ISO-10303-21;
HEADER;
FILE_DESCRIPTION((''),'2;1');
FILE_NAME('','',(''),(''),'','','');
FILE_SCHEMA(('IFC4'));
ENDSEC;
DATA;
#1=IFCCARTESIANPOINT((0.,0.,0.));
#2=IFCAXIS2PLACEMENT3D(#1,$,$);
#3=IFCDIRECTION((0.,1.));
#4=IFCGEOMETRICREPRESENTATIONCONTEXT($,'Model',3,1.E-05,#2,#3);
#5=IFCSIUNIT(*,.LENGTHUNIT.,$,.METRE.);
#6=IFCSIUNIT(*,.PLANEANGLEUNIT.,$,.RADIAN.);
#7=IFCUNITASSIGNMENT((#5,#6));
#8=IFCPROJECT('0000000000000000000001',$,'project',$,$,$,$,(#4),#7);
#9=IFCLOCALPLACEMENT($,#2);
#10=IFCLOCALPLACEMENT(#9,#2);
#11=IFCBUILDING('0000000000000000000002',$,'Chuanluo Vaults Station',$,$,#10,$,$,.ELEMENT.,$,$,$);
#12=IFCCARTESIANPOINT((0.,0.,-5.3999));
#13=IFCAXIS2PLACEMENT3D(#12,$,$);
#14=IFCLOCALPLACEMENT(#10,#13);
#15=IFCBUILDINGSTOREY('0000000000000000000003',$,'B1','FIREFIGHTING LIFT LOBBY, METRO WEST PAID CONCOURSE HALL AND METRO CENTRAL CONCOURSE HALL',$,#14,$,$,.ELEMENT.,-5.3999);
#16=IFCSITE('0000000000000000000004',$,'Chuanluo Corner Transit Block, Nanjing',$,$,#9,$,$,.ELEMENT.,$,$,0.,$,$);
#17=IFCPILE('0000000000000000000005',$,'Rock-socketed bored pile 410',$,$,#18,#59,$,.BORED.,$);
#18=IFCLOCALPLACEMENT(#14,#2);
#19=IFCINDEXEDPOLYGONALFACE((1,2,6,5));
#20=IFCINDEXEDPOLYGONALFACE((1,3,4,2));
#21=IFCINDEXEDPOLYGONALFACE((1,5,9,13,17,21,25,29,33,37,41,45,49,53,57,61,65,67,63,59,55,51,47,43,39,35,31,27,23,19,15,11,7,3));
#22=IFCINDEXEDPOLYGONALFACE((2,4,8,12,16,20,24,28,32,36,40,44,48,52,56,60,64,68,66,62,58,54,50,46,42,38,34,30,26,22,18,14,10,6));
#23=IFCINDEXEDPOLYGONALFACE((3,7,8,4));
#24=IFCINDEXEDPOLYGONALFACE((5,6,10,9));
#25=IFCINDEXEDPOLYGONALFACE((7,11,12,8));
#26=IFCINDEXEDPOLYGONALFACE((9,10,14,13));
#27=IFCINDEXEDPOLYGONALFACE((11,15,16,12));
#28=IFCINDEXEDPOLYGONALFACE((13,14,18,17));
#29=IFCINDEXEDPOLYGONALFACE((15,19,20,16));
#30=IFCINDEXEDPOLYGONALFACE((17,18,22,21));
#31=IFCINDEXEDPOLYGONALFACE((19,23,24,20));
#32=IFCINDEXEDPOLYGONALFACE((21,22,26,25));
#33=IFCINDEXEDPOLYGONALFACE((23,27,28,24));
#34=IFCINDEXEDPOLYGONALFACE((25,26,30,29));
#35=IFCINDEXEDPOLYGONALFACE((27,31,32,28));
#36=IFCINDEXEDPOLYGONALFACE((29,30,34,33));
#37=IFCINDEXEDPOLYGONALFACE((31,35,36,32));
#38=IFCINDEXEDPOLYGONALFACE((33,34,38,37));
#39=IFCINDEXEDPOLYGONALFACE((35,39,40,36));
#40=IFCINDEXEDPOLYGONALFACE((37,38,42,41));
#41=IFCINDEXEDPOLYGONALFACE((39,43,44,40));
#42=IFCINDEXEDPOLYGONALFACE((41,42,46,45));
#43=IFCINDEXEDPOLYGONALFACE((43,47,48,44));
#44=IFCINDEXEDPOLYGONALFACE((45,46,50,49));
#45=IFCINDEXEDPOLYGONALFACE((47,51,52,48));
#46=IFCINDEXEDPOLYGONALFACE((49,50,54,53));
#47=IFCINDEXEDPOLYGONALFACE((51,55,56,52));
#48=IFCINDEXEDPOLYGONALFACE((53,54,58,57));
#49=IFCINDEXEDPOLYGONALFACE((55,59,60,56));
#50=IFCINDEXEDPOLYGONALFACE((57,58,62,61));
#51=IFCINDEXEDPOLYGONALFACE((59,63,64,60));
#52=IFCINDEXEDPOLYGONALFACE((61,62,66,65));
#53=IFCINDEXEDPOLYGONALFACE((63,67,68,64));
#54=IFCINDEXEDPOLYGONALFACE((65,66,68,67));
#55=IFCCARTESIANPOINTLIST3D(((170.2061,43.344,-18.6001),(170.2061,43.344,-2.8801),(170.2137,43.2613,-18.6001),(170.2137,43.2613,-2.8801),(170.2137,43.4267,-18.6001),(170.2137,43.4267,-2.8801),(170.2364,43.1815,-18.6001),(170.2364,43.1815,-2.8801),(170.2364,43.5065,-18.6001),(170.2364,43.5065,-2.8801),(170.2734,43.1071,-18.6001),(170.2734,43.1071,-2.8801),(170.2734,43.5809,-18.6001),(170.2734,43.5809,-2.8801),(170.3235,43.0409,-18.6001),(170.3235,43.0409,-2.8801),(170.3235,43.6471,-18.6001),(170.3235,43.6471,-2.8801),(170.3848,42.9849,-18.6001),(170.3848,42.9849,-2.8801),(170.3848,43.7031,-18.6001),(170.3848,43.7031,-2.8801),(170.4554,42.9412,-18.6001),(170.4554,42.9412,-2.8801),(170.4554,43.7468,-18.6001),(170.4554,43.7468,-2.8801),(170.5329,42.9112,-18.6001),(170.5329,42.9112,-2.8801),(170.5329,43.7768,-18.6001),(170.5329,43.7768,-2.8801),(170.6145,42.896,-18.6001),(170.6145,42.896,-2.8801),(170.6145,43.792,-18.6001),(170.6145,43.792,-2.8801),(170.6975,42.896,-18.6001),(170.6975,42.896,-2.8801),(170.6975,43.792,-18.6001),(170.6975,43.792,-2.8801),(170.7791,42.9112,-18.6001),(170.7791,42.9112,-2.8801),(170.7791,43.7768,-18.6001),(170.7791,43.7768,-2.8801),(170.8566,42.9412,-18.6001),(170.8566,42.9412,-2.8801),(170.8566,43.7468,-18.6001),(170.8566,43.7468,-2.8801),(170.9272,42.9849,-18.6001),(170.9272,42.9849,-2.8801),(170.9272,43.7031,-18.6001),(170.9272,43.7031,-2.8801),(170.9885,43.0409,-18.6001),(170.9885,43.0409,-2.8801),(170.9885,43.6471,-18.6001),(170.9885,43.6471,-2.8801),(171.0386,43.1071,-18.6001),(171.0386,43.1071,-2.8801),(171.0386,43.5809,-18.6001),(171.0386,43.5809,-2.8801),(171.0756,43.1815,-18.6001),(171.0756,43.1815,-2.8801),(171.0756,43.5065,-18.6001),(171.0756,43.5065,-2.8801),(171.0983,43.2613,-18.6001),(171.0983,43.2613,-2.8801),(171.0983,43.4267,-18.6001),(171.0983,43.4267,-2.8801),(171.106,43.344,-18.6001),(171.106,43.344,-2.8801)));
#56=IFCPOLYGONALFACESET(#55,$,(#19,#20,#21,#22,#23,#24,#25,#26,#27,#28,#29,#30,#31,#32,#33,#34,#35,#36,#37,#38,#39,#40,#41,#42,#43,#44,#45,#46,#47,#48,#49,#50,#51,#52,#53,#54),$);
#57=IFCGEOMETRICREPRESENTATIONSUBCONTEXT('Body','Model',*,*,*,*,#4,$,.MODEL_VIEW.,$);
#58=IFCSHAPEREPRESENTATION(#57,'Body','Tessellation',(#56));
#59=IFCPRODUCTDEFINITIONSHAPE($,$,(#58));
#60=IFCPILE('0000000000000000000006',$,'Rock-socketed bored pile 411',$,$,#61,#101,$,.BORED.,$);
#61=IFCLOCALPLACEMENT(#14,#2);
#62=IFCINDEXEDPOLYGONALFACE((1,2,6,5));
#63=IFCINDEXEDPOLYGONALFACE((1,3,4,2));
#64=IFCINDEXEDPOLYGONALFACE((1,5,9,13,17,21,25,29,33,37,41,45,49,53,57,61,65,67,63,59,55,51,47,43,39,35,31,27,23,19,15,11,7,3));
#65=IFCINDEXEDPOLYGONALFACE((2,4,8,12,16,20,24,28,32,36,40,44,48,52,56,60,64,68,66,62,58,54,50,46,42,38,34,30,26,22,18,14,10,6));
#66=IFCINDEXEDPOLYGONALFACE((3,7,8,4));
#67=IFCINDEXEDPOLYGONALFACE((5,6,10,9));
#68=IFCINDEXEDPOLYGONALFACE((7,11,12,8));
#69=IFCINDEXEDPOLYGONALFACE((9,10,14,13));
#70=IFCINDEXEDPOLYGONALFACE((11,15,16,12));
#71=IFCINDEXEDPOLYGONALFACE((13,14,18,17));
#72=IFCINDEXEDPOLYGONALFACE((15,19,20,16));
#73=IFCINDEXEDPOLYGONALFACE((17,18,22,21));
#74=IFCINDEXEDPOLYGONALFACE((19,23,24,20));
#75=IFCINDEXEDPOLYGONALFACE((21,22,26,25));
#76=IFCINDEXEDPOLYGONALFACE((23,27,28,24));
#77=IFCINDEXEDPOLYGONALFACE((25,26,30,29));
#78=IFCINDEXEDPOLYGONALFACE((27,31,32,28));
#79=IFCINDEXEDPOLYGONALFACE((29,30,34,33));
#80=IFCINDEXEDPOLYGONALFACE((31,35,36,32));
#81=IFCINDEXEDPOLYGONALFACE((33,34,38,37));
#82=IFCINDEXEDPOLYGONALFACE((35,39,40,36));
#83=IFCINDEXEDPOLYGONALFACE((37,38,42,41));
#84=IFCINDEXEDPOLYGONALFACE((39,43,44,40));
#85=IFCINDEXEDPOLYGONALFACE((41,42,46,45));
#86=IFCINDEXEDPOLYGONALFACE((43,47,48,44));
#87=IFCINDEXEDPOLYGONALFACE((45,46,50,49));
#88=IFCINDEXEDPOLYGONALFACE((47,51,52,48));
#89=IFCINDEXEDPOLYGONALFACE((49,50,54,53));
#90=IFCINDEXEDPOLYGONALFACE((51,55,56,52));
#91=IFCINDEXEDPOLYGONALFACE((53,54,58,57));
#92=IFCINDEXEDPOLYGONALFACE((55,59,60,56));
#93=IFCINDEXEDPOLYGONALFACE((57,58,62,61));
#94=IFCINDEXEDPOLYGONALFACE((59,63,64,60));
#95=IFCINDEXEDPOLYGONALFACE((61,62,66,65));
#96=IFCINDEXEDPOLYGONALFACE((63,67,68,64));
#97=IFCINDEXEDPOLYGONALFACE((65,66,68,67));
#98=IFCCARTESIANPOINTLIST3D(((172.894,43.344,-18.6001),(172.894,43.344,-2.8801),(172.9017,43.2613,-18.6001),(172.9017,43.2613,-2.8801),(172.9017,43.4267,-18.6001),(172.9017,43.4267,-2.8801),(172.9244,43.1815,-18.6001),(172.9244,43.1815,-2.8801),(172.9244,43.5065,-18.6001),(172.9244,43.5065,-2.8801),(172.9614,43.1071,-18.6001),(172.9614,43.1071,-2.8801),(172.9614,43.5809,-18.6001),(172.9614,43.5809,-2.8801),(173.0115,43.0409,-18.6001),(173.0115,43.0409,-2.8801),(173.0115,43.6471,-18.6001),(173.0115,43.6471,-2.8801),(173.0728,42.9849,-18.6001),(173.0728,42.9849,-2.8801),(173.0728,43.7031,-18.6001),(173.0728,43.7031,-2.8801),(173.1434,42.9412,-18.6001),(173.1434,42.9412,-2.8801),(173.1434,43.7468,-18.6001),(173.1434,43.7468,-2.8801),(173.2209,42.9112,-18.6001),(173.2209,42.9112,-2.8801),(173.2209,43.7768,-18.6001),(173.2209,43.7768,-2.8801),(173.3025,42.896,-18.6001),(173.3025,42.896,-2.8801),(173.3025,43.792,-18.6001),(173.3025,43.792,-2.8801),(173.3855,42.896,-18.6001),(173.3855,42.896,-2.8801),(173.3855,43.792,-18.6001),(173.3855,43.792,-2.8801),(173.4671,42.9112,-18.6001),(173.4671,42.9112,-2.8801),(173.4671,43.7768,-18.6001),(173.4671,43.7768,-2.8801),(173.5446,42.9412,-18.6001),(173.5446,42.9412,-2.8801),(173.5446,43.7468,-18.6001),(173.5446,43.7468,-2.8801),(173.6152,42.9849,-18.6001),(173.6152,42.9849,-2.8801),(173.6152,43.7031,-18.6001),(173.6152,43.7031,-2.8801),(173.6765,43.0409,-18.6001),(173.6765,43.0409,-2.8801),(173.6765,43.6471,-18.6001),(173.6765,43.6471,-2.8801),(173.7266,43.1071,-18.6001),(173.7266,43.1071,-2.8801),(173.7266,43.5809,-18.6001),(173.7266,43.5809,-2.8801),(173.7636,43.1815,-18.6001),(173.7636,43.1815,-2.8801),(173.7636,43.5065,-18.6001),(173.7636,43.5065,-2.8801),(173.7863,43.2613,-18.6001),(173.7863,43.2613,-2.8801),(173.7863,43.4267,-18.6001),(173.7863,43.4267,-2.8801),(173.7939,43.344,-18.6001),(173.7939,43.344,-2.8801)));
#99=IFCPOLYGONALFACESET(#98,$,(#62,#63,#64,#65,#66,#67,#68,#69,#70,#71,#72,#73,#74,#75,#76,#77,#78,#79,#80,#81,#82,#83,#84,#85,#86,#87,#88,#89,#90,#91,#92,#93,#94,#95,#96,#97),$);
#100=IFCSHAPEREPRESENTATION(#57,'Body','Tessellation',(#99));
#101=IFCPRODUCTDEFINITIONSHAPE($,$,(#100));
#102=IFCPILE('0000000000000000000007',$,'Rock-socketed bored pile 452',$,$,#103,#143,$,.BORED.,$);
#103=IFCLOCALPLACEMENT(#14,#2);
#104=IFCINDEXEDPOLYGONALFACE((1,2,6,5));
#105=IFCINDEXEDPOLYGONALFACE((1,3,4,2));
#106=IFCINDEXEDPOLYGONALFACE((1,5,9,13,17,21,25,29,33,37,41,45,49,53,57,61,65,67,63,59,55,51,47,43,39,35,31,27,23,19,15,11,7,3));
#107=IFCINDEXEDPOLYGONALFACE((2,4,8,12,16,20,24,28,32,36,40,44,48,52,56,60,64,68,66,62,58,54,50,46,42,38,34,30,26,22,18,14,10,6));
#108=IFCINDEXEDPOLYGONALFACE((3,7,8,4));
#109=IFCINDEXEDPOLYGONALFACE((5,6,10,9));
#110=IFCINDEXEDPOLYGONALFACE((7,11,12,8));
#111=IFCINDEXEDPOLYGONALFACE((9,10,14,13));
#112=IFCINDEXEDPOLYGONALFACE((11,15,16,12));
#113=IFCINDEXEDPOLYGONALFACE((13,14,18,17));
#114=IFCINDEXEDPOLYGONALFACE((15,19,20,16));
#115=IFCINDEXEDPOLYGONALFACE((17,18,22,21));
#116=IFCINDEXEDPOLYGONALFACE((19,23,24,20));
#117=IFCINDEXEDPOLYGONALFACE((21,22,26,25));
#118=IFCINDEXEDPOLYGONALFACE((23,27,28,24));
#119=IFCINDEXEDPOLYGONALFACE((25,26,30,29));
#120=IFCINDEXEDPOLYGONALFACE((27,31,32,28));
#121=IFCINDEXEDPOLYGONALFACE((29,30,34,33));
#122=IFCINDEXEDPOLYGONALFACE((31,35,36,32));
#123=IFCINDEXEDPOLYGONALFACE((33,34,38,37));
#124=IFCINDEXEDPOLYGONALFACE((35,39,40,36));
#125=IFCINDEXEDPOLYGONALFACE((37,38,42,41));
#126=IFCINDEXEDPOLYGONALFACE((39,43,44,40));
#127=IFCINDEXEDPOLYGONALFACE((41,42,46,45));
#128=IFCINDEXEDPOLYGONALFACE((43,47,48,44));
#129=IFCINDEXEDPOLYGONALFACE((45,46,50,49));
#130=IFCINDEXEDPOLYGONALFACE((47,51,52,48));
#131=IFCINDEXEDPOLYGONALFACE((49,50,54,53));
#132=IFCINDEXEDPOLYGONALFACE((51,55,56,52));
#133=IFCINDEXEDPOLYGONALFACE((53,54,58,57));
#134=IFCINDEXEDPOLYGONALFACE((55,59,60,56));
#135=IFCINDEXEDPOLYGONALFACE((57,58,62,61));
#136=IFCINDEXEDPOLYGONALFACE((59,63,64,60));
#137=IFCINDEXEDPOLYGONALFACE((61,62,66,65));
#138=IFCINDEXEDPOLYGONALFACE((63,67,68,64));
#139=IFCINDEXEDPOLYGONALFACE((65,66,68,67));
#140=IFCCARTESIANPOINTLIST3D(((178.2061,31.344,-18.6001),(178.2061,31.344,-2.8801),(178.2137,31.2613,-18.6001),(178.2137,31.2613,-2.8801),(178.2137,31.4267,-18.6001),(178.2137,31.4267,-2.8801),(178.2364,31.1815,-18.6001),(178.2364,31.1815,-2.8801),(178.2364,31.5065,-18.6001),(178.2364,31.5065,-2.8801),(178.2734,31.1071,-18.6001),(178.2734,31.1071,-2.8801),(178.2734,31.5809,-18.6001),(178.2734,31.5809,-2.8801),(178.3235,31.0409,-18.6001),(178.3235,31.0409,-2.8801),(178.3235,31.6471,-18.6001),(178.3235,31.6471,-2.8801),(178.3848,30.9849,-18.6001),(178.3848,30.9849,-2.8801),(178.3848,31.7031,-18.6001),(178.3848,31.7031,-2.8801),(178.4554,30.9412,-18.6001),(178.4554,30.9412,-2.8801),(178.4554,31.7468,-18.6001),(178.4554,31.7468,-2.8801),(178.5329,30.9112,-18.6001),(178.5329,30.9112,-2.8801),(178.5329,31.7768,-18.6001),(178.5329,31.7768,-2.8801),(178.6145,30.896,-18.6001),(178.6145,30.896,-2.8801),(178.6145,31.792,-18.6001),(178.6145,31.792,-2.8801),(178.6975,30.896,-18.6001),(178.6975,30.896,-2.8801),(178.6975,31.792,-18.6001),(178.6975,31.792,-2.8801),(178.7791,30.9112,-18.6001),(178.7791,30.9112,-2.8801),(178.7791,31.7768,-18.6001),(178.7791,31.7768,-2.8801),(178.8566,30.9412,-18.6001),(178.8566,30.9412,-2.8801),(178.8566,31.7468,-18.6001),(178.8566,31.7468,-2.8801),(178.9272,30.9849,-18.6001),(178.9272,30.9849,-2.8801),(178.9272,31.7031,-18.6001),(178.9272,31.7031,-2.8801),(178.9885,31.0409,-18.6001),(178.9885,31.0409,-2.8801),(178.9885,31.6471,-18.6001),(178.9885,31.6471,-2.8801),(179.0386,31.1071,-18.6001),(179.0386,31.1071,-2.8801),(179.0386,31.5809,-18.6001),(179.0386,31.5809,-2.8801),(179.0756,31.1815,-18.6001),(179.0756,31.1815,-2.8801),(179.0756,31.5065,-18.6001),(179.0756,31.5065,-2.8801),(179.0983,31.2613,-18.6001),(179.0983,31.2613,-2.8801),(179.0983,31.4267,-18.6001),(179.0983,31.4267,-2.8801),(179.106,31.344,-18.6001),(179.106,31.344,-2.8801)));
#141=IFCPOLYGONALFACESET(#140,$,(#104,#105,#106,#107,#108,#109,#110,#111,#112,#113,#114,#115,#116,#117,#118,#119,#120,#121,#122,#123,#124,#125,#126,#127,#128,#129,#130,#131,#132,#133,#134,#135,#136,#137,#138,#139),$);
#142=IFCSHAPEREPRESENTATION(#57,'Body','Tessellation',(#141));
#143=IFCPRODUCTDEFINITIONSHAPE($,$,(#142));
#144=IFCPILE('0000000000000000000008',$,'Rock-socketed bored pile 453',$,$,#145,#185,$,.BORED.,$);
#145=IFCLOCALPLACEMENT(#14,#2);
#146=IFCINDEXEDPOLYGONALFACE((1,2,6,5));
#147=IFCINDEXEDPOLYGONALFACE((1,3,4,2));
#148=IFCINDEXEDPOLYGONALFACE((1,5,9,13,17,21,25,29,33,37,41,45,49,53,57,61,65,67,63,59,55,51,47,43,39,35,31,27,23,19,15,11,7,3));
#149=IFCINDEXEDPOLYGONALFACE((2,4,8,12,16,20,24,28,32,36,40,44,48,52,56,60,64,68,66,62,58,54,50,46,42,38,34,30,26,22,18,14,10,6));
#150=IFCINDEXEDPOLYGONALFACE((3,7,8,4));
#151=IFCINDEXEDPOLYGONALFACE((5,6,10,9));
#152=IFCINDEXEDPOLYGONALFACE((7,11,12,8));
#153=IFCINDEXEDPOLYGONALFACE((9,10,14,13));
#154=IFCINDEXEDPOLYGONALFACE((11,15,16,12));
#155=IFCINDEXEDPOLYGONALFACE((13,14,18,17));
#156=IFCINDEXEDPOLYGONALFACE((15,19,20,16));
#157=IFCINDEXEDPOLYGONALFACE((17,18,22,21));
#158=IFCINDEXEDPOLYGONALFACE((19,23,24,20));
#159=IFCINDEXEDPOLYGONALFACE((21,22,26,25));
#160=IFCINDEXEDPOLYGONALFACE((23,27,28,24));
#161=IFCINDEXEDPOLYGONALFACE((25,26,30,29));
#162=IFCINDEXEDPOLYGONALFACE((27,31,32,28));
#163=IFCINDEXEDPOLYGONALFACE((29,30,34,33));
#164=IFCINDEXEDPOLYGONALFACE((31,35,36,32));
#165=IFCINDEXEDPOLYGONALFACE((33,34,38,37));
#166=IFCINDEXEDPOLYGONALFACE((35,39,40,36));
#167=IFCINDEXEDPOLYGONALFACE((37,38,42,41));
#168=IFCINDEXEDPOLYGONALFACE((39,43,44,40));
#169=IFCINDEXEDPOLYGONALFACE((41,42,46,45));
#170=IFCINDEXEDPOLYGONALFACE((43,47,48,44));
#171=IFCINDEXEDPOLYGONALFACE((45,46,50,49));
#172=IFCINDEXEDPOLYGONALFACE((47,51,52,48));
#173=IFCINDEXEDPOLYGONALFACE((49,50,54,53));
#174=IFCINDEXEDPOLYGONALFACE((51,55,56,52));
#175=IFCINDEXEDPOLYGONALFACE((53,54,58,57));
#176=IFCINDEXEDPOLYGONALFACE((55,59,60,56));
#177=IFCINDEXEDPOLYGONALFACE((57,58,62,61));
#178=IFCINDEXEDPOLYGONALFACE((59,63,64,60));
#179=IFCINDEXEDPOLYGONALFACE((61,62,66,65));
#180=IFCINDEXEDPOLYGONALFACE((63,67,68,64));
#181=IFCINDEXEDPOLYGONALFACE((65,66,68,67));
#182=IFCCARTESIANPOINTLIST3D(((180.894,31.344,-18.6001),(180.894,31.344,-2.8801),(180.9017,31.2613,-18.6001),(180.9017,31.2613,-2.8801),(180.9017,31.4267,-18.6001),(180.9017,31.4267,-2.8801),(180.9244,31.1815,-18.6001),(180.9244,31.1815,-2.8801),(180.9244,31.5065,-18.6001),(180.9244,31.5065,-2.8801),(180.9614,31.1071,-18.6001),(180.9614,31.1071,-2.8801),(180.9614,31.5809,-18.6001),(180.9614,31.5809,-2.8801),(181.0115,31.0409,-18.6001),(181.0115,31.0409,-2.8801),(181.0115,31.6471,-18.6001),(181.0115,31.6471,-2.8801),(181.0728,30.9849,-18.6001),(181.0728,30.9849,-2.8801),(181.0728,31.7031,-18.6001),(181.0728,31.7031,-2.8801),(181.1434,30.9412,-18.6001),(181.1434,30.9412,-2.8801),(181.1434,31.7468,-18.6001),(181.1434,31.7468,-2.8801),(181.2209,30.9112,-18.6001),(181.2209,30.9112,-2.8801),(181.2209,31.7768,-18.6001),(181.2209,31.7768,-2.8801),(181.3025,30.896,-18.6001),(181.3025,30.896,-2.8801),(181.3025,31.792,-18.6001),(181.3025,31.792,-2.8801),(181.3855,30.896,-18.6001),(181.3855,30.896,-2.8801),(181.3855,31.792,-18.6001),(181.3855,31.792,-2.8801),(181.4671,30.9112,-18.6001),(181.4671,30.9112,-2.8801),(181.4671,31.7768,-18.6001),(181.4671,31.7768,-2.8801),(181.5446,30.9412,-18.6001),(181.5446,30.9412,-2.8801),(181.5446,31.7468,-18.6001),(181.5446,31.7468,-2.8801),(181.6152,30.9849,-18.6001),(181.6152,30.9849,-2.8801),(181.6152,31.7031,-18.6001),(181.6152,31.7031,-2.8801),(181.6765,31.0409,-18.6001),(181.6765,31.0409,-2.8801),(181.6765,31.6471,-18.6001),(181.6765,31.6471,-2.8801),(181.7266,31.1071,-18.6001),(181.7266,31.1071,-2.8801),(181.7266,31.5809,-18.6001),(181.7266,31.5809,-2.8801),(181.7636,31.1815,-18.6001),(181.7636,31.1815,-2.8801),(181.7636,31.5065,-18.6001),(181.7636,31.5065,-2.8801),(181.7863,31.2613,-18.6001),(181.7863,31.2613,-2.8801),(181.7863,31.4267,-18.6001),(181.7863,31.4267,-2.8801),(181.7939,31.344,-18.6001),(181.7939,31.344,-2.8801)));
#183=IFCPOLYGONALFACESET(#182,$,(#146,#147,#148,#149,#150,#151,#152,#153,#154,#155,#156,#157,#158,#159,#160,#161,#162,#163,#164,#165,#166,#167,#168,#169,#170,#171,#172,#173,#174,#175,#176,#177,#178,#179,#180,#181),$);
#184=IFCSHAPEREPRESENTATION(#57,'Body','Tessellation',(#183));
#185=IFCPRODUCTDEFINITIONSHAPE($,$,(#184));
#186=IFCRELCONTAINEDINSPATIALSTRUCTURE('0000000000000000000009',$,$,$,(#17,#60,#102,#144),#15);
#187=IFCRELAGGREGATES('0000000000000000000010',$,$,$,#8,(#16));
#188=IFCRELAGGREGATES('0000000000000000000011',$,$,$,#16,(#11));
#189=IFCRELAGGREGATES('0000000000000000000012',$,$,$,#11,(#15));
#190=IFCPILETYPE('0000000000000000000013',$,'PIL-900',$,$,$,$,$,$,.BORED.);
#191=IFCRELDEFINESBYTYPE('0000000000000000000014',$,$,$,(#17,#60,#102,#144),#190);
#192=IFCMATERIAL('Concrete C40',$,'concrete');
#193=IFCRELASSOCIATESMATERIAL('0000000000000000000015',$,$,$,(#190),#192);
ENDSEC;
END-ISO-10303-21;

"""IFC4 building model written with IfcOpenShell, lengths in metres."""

from ifc_helpers import new_model, si_unit, direction, frame, origin, origin_2d, place, context, subcontext, project, spatial, circle, extrude, material, material_profile, profile_set, type_object, element, save


model = new_model("IFC4")

# Units and contexts
model_context = context("Model", 3, precision=1e-05, world=origin(), true_north=direction((0.0, 1.0)))
body_context = subcontext(model_context, "Body", "Model", "MODEL_VIEW")
ifc_project = project(units=[si_unit("LENGTHUNIT", "METRE"), si_unit("PLANEANGLEUNIT", "RADIAN")], contexts=[model_context])

# Site, building, storey
site_placement = place(None, origin())
site = spatial("IfcSite", under=ifc_project, at=site_placement, Name="Chuanluo Corner Transit Block, Nanjing", CompositionType="ELEMENT", RefElevation=0.0)
building_placement = place(site_placement, origin())
building = spatial("IfcBuilding", under=site, at=building_placement, Name="Chuanluo Vaults Station", CompositionType="ELEMENT")
storey_placement = place(building_placement, frame((0.0, 0.0, -5.3999)))
storey = spatial("IfcBuildingStorey", under=building, at=storey_placement, Name="B1", Description="FIREFIGHTING LIFT LOBBY, METRO WEST PAID CONCOURSE HALL AND METRO CENTRAL CONCOURSE HALL", CompositionType="ELEMENT", Elevation=-5.3999)

# Piles
ifc_material_1 = material(Name="Concrete C40", Category="concrete")
ifc_material_profile_1 = material_profile(ifc_material_1, circle(Radius=0.45, at=origin_2d()))
ifc_profile_set_1 = profile_set([ifc_material_profile_1], Name="Concrete C40")
pile_type_1 = type_object("IfcPileType", Name="PIL-900", PredefinedType="BORED", material=ifc_profile_set_1)
for number, where, z_axis, x_axis, name in (
    (1, (170.656, 43.344, -2.8801), (0.0, 0.0, -1.0), (1.0, 0.0, 0.0), "Rock-socketed bored pile 410"),
    (2, (173.344, 43.344, -2.8801), (0.0, 0.0, -1.0), (1.0, 0.0, 0.0), "Rock-socketed bored pile 411"),
    (3, (178.656, 31.344, -2.8801), (0.0, 0.0, -1.0), (1.0, 0.0, 0.0), "Rock-socketed bored pile 452"),
    (4, (181.344, 31.344, -2.8801), (0.0, 0.0, -1.0), (1.0, 0.0, 0.0), "Rock-socketed bored pile 453"),
):
    element("IfcPile", number, at=place(storey_placement, frame(where, z_axis=z_axis, x_axis=x_axis)), inside=storey, type_object=pile_type_1, Name=name, PredefinedType="BORED", context=body_context, shape_type="SweptSolid", body=[
        extrude(circle(Radius=0.45, at=origin_2d()), origin(), (0.0, 0.0, 1.0), 15.72),
    ])

save(model, "model.ifc")
